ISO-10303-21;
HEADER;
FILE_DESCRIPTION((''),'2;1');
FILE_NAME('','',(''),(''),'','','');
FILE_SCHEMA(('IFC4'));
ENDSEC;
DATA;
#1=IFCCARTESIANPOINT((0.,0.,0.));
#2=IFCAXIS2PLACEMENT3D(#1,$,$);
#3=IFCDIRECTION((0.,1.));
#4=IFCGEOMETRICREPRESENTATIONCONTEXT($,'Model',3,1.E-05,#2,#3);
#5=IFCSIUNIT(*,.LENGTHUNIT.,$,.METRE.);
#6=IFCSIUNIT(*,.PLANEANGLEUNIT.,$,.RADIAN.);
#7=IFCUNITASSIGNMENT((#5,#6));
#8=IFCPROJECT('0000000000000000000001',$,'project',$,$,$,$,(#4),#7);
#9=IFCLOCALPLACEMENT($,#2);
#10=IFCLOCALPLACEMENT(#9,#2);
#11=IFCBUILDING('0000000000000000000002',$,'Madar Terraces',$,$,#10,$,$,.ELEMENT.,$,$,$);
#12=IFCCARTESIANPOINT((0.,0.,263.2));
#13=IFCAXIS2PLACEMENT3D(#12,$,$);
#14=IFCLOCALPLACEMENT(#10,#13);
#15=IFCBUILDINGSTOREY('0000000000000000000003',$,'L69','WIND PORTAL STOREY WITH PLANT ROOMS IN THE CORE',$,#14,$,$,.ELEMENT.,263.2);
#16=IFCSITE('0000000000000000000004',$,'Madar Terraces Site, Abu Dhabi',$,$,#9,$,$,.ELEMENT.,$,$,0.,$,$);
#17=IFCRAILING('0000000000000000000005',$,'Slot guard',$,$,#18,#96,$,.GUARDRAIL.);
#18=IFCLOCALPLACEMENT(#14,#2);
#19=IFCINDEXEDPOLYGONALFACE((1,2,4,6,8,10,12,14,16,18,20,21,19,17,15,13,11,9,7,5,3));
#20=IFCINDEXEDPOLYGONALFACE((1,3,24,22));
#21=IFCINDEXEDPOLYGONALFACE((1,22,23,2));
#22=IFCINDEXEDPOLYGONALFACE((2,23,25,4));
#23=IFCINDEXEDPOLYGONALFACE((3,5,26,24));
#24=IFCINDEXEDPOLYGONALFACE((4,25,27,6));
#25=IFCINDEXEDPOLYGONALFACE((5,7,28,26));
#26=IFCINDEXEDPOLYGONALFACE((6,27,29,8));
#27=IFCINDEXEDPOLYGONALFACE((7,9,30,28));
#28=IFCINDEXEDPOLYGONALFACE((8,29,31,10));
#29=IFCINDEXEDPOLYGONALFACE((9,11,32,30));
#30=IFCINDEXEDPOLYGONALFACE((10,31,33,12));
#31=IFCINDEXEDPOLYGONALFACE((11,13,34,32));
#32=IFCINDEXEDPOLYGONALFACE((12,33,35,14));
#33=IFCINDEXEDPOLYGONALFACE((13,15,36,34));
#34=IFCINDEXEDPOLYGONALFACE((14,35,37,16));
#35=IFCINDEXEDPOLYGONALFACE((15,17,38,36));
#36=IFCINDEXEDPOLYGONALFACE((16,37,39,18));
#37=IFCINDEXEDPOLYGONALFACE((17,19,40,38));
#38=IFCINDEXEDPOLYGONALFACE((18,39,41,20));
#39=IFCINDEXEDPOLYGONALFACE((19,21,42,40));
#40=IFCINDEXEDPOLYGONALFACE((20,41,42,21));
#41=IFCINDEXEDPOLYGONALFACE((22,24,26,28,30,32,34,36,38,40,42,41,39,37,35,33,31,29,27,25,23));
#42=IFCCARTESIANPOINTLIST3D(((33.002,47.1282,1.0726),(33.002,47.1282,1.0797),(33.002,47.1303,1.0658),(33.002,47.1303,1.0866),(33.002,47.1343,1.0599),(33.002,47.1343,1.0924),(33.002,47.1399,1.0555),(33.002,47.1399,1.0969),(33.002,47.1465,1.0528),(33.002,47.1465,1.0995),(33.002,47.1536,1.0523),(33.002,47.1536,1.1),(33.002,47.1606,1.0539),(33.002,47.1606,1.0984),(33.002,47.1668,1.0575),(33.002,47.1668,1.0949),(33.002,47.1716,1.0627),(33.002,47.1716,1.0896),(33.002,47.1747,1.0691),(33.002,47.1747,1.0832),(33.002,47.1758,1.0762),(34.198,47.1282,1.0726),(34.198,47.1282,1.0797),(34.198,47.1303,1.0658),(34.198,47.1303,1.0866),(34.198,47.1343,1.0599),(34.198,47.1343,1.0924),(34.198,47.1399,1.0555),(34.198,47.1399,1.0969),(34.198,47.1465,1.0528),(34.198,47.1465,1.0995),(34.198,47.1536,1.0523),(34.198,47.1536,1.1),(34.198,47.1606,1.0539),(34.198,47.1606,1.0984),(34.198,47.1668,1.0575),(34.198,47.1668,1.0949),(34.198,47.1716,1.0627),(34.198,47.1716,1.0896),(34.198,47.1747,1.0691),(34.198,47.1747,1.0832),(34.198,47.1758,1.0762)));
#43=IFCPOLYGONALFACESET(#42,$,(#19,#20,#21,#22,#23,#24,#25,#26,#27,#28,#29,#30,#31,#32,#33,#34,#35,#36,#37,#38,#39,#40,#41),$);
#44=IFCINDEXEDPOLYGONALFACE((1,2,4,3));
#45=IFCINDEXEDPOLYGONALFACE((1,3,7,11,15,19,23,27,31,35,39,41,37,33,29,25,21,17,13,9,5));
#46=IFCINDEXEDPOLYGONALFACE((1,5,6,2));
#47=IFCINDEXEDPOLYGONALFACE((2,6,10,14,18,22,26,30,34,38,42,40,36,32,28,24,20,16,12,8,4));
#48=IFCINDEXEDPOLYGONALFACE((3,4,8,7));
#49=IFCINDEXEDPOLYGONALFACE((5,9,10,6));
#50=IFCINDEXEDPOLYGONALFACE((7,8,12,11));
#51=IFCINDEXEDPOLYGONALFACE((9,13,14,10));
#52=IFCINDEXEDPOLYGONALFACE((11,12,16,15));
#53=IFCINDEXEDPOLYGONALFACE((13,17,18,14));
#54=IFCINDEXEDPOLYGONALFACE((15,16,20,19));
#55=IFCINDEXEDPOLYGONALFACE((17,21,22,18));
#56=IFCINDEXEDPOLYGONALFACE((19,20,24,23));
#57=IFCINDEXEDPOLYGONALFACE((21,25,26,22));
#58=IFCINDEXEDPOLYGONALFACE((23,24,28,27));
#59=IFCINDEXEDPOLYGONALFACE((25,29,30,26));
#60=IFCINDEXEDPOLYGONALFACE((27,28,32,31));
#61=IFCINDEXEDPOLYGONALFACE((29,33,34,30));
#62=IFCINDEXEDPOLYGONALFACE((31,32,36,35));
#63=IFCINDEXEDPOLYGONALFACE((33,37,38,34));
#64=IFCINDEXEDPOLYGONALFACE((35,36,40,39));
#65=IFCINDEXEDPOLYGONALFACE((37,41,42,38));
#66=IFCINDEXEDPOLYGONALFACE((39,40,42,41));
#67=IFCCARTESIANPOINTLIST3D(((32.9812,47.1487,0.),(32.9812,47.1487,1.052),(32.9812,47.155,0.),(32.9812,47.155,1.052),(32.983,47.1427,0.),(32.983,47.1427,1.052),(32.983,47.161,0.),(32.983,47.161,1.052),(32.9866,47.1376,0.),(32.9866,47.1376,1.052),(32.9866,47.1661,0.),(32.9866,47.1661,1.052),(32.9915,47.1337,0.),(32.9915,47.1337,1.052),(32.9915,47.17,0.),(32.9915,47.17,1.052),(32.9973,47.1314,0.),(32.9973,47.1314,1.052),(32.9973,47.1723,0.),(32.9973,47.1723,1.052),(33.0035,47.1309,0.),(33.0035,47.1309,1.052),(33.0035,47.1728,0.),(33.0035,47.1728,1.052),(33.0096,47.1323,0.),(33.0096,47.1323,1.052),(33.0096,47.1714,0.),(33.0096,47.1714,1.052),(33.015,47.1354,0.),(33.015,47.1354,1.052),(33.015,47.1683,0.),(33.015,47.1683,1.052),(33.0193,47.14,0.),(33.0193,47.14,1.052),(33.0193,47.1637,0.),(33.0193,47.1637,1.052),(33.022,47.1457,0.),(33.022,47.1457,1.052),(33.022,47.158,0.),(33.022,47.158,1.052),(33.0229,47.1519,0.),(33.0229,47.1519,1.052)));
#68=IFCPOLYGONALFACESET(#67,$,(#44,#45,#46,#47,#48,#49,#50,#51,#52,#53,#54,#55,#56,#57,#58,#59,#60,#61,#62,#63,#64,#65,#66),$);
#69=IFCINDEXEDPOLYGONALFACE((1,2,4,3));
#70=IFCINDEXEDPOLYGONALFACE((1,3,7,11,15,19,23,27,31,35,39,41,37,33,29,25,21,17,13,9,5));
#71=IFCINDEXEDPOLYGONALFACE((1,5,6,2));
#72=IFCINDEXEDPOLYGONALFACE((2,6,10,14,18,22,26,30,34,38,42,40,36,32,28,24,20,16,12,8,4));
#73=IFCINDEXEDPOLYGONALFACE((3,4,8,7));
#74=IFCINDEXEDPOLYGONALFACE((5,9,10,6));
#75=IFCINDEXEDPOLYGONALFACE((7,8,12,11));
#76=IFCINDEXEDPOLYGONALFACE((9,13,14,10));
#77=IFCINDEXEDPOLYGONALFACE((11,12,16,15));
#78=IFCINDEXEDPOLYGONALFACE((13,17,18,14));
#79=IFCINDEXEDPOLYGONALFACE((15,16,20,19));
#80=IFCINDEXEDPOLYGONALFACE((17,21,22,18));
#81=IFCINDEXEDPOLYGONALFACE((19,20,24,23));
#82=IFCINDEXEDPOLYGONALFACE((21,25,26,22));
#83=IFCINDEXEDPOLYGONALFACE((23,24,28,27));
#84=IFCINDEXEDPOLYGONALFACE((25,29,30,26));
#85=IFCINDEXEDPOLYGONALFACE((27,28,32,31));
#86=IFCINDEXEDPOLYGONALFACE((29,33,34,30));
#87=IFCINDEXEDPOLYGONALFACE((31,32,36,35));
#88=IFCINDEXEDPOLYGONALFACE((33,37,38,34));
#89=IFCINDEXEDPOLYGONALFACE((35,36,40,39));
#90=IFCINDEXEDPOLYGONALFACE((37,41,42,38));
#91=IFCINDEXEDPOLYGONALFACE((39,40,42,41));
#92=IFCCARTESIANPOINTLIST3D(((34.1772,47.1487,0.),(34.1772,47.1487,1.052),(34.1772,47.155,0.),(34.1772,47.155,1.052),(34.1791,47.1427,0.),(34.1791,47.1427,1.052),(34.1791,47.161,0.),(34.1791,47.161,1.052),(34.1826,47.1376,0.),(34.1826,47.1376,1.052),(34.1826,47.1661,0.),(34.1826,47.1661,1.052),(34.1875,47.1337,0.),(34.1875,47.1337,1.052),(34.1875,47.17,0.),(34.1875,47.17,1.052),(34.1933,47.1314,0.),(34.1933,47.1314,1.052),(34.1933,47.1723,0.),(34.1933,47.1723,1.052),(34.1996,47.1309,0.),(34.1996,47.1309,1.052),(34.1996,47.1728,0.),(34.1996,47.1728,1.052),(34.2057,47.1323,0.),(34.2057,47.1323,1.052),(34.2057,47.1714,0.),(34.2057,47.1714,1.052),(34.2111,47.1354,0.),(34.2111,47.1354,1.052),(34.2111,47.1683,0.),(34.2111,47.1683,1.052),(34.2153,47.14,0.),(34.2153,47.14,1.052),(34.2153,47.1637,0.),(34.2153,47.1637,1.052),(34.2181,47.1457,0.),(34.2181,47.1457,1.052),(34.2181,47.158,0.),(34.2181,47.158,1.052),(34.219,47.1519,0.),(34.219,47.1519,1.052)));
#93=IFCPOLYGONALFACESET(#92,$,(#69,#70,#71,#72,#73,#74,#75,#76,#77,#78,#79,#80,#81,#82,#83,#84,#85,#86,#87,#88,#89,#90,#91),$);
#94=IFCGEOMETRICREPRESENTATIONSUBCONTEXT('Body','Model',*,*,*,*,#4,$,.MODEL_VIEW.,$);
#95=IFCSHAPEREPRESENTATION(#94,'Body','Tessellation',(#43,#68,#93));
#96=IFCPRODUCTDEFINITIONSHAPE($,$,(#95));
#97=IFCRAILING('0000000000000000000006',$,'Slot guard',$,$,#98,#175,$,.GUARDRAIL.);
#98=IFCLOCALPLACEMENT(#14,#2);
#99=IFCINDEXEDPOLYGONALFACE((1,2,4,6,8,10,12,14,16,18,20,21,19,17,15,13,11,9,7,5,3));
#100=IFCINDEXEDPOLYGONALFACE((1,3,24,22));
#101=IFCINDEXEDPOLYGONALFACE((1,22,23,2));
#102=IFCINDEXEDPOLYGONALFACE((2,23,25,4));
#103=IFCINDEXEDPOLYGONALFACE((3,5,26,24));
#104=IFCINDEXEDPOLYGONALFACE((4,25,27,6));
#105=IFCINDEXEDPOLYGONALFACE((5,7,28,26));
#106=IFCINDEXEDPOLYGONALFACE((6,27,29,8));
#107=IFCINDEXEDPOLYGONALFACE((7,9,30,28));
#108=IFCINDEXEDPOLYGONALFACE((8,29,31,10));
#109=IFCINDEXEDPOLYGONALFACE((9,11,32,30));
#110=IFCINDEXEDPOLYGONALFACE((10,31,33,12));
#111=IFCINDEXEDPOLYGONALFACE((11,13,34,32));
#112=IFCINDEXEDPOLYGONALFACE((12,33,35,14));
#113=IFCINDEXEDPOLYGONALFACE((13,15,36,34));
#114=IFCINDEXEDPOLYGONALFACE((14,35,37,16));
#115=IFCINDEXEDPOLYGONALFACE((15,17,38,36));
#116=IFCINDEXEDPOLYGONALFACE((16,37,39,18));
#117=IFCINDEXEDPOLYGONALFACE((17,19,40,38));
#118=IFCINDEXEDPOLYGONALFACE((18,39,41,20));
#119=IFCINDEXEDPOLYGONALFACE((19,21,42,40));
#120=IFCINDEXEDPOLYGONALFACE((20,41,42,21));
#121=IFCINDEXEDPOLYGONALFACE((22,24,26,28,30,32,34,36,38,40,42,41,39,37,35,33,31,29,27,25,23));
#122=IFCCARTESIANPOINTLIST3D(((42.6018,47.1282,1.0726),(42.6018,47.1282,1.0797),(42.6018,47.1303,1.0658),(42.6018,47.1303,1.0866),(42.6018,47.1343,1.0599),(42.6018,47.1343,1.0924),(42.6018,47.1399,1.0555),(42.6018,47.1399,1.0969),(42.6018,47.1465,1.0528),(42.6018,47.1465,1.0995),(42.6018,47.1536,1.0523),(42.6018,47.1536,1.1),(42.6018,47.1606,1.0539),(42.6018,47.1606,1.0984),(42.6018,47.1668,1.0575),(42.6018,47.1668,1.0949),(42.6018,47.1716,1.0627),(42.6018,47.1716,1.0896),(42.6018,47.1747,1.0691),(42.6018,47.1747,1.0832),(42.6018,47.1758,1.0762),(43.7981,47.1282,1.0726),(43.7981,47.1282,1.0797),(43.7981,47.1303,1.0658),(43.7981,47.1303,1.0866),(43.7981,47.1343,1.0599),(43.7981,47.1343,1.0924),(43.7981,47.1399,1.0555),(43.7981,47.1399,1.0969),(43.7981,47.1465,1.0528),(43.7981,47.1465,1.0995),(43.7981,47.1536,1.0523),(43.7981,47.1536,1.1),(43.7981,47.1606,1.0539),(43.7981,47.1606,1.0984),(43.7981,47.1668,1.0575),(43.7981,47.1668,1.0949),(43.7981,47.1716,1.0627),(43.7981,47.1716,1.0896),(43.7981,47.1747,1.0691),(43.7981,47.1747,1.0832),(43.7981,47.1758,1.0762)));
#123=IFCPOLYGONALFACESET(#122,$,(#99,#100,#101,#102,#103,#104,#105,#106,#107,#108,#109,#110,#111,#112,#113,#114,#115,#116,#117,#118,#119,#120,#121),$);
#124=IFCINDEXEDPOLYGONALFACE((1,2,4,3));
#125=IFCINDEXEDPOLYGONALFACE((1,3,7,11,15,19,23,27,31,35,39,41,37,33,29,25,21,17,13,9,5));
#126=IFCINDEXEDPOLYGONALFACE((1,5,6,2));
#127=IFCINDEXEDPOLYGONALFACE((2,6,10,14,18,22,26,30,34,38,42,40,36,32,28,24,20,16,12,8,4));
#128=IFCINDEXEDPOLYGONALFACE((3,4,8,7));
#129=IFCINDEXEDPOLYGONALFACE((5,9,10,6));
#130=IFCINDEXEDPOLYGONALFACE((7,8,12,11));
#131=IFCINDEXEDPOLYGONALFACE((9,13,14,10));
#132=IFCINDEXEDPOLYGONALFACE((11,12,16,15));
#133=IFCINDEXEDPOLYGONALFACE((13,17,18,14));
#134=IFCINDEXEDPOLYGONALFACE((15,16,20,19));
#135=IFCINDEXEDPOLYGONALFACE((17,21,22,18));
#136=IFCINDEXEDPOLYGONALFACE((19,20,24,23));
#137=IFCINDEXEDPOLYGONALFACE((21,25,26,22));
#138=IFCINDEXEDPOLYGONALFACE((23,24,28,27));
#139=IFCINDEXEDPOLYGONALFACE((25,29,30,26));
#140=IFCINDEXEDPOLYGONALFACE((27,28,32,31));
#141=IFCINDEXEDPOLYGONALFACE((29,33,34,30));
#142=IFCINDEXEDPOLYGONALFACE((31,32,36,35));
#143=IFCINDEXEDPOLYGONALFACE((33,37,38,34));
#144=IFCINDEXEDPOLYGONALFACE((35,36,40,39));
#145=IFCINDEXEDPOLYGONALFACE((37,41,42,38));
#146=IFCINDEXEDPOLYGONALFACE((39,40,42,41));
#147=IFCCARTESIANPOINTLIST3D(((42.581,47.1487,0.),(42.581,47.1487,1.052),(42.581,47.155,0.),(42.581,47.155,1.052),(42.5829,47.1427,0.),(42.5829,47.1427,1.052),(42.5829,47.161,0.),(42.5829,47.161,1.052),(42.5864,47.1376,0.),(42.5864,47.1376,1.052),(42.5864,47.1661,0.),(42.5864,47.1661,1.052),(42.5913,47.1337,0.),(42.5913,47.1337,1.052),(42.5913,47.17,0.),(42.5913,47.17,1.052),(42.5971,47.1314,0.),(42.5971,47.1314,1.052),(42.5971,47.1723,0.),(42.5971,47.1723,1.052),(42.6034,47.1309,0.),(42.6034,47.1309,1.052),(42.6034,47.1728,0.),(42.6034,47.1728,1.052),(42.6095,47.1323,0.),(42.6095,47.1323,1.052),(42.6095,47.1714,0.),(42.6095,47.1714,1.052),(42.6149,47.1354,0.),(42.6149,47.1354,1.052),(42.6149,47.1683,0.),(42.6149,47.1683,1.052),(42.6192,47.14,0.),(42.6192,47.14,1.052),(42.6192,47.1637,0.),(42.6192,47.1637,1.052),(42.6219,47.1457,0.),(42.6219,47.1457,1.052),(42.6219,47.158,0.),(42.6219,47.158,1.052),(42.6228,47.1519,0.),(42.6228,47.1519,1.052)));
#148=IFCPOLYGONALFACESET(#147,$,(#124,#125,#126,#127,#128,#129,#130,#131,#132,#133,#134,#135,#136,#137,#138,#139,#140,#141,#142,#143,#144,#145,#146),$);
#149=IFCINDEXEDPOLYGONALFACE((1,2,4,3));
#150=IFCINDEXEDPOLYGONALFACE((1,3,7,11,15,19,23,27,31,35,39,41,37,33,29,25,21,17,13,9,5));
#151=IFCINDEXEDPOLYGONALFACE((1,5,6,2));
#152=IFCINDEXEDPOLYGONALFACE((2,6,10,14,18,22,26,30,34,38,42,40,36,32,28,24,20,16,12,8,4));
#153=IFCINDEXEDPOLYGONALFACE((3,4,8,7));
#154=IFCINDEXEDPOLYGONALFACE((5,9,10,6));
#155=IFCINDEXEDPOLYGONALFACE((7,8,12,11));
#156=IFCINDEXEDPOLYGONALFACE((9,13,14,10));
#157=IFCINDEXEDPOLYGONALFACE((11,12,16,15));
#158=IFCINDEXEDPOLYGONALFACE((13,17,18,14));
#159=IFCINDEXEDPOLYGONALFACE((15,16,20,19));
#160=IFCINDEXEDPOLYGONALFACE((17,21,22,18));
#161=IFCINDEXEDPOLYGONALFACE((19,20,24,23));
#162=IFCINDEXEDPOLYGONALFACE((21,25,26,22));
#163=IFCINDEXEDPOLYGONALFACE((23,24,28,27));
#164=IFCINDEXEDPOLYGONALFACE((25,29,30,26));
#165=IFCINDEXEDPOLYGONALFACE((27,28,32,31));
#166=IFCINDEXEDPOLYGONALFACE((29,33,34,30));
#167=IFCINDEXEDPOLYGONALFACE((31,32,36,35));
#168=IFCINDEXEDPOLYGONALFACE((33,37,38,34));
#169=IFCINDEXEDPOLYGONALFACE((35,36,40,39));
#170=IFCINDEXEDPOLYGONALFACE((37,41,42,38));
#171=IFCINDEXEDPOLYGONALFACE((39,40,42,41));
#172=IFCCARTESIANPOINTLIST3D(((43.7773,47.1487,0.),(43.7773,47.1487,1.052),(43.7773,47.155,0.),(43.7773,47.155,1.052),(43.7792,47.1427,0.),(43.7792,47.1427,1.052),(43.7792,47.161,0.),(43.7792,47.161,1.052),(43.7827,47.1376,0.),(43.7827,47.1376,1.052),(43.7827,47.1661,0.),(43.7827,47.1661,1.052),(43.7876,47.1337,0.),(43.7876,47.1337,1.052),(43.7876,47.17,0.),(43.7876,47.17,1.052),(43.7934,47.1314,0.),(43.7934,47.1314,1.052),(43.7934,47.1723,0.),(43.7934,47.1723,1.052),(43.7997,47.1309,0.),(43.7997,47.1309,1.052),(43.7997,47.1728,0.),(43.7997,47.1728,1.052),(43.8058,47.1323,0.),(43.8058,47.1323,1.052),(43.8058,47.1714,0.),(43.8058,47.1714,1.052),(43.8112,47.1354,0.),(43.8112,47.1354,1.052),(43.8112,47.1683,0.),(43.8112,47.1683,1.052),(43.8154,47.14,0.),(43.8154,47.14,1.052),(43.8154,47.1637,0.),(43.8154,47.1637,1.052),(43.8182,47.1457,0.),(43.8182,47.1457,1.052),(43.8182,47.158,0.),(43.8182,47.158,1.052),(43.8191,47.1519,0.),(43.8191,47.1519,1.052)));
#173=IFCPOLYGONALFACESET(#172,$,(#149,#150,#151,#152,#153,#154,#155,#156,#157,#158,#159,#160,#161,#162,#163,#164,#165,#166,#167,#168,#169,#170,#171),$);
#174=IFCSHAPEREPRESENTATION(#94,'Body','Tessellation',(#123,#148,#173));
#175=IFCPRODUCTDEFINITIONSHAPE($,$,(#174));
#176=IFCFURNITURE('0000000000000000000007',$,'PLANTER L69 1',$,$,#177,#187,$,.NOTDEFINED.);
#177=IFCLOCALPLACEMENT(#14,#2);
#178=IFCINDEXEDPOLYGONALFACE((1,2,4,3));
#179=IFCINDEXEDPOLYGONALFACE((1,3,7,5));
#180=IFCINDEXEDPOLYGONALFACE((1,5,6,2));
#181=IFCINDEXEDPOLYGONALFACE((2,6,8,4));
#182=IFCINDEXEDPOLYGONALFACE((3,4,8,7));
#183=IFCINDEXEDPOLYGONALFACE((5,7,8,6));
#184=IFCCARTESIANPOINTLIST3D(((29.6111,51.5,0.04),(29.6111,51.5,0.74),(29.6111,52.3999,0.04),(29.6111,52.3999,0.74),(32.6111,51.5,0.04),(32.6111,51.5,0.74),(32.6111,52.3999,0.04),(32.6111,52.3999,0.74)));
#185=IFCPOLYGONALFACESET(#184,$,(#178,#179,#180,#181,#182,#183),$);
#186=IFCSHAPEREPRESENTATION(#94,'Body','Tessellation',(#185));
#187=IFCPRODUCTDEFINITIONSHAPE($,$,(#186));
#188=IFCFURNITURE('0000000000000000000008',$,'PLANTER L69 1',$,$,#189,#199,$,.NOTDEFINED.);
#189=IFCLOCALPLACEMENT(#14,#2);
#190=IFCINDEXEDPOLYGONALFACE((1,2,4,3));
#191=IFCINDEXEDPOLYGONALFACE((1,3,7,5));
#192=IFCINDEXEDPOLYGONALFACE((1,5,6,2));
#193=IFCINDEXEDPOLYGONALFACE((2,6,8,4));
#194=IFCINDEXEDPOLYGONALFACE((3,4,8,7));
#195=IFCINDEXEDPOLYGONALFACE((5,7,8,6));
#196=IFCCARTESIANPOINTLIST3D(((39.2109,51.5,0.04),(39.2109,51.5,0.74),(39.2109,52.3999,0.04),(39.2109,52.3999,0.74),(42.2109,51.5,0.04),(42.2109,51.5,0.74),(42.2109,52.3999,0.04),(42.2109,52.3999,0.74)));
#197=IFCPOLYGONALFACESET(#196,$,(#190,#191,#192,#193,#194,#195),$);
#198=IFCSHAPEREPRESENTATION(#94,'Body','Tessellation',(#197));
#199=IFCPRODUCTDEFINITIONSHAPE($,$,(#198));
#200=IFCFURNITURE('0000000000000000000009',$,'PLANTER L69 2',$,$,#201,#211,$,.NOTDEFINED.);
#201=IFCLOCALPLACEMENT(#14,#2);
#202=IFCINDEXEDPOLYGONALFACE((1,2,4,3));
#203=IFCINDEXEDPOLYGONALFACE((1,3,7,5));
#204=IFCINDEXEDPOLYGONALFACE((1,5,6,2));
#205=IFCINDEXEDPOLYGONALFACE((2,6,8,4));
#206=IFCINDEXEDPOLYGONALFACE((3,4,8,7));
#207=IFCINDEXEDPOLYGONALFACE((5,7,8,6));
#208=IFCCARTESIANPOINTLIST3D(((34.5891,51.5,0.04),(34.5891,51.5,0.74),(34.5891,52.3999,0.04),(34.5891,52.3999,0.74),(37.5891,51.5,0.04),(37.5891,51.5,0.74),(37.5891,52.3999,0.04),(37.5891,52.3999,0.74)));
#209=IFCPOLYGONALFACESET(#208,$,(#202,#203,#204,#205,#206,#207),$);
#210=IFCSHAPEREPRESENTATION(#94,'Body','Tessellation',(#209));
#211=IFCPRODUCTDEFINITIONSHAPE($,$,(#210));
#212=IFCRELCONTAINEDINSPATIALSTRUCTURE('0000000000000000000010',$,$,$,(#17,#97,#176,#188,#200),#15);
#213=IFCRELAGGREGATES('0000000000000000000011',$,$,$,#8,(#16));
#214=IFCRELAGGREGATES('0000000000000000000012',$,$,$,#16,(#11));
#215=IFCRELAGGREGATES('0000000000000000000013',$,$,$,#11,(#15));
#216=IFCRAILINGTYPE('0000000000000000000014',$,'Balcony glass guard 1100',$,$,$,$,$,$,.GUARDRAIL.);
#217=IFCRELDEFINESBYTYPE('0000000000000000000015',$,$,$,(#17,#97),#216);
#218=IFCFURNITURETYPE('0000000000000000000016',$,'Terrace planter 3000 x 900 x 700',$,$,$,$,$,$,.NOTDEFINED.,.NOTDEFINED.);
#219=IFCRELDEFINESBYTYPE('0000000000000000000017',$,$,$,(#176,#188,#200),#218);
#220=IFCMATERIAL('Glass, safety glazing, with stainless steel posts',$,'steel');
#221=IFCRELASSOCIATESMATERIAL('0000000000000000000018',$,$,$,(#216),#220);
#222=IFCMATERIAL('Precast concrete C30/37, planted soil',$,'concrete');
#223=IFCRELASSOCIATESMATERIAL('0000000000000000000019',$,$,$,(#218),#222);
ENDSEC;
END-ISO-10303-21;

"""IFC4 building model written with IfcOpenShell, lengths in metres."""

from ifc_helpers import new_model, si_unit, direction, frame, origin, origin_2d, place, context, subcontext, project, spatial, rectangle, circle, extrude, material, type_object, element, save


model = new_model("IFC4")

# Units and contexts
model_context = context("Model", 3, precision=1e-05, world=origin(), true_north=direction((0.0, 1.0)))
body_context = subcontext(model_context, "Body", "Model", "MODEL_VIEW")
ifc_project = project(units=[si_unit("LENGTHUNIT", "METRE"), si_unit("PLANEANGLEUNIT", "RADIAN")], contexts=[model_context])

# Site, building, storey
site_placement = place(None, origin())
site = spatial("IfcSite", under=ifc_project, at=site_placement, Name="Madar Terraces Site, Abu Dhabi", CompositionType="ELEMENT", RefElevation=0.0)
building_placement = place(site_placement, origin())
building = spatial("IfcBuilding", under=site, at=building_placement, Name="Madar Terraces", CompositionType="ELEMENT")
storey_placement = place(building_placement, frame((0.0, 0.0, 263.2)))
storey = spatial("IfcBuildingStorey", under=building, at=storey_placement, Name="L69", Description="WIND PORTAL STOREY WITH PLANT ROOMS IN THE CORE", CompositionType="ELEMENT", Elevation=263.2)

# Railings
ifc_material_1 = material(Name="Glass, safety glazing, with stainless steel posts", Category="steel")
railing_type = type_object("IfcRailingType", Name="Balcony glass guard 1100", PredefinedType="GUARDRAIL", material=ifc_material_1)
railing_1_placement = place(storey_placement, frame((33.002, 47.1519, 0.0)))
element("IfcRailing", 1, at=railing_1_placement, inside=storey, type_object=railing_type, Name="Slot guard", PredefinedType="GUARDRAIL", context=body_context, shape_type="SweptSolid", body=[
    extrude(circle(Radius=0.0239, at=origin_2d()), frame((0.0, 0.0, 1.0762), z_axis=(1.0, 0.0, 0.0), x_axis=(0.0, 1.0, 0.0)), (0.0, 0.0, 1.0), 1.196),
    extrude(circle(Radius=0.021, at=origin_2d()), origin(), (0.0, 0.0, 1.0), 1.052),
    extrude(circle(Radius=0.021, at=origin_2d()), frame((1.196, 0.0, 0.0)), (0.0, 0.0, 1.0), 1.052),
])
railing_2_placement = place(storey_placement, frame((42.6018, 47.1519, 0.0)))
element("IfcRailing", 2, at=railing_2_placement, inside=storey, type_object=railing_type, Name="Slot guard", PredefinedType="GUARDRAIL", context=body_context, shape_type="SweptSolid", body=[
    extrude(circle(Radius=0.0239, at=origin_2d()), frame((0.0, 0.0, 1.0762), z_axis=(1.0, 0.0, 0.0), x_axis=(0.0, 1.0, 0.0)), (0.0, 0.0, 1.0), 1.1963),
    extrude(circle(Radius=0.021, at=origin_2d()), origin(), (0.0, 0.0, 1.0), 1.052),
    extrude(circle(Radius=0.021, at=origin_2d()), frame((1.1963, 0.0, 0.0)), (0.0, 0.0, 1.0), 1.052),
])

# Furniture
ifc_material_2 = material(Name="Precast concrete C30/37, planted soil", Category="concrete")
furniture_type = type_object("IfcFurnitureType", Name="Terrace planter 3000 x 900 x 700", AssemblyPlace="NOTDEFINED", PredefinedType="NOTDEFINED", material=ifc_material_2)
for number, where, z_axis, x_axis, name in (
    (3, (31.1111, 51.95, 0.04), (0.0, 0.0, 1.0), (-1.0, 0.0, 0.0), "PLANTER L69 1"),
    (4, (40.7109, 51.95, 0.04), (0.0, 0.0, 1.0), (-1.0, 0.0, 0.0), "PLANTER L69 1"),
    (5, (36.0891, 51.95, 0.04), (0.0, 0.0, 1.0), (-1.0, 0.0, 0.0), "PLANTER L69 2"),
):
    element("IfcFurniture", number, at=place(storey_placement, frame(where, z_axis=z_axis, x_axis=x_axis)), inside=storey, type_object=furniture_type, Name=name, PredefinedType="NOTDEFINED", context=body_context, shape_type="SweptSolid", body=[
        extrude(rectangle(XDim=3.0, YDim=0.8999, at=origin_2d()), origin(), (0.0, 0.0, 1.0), 0.7),
    ])

save(model, "model.ifc")
